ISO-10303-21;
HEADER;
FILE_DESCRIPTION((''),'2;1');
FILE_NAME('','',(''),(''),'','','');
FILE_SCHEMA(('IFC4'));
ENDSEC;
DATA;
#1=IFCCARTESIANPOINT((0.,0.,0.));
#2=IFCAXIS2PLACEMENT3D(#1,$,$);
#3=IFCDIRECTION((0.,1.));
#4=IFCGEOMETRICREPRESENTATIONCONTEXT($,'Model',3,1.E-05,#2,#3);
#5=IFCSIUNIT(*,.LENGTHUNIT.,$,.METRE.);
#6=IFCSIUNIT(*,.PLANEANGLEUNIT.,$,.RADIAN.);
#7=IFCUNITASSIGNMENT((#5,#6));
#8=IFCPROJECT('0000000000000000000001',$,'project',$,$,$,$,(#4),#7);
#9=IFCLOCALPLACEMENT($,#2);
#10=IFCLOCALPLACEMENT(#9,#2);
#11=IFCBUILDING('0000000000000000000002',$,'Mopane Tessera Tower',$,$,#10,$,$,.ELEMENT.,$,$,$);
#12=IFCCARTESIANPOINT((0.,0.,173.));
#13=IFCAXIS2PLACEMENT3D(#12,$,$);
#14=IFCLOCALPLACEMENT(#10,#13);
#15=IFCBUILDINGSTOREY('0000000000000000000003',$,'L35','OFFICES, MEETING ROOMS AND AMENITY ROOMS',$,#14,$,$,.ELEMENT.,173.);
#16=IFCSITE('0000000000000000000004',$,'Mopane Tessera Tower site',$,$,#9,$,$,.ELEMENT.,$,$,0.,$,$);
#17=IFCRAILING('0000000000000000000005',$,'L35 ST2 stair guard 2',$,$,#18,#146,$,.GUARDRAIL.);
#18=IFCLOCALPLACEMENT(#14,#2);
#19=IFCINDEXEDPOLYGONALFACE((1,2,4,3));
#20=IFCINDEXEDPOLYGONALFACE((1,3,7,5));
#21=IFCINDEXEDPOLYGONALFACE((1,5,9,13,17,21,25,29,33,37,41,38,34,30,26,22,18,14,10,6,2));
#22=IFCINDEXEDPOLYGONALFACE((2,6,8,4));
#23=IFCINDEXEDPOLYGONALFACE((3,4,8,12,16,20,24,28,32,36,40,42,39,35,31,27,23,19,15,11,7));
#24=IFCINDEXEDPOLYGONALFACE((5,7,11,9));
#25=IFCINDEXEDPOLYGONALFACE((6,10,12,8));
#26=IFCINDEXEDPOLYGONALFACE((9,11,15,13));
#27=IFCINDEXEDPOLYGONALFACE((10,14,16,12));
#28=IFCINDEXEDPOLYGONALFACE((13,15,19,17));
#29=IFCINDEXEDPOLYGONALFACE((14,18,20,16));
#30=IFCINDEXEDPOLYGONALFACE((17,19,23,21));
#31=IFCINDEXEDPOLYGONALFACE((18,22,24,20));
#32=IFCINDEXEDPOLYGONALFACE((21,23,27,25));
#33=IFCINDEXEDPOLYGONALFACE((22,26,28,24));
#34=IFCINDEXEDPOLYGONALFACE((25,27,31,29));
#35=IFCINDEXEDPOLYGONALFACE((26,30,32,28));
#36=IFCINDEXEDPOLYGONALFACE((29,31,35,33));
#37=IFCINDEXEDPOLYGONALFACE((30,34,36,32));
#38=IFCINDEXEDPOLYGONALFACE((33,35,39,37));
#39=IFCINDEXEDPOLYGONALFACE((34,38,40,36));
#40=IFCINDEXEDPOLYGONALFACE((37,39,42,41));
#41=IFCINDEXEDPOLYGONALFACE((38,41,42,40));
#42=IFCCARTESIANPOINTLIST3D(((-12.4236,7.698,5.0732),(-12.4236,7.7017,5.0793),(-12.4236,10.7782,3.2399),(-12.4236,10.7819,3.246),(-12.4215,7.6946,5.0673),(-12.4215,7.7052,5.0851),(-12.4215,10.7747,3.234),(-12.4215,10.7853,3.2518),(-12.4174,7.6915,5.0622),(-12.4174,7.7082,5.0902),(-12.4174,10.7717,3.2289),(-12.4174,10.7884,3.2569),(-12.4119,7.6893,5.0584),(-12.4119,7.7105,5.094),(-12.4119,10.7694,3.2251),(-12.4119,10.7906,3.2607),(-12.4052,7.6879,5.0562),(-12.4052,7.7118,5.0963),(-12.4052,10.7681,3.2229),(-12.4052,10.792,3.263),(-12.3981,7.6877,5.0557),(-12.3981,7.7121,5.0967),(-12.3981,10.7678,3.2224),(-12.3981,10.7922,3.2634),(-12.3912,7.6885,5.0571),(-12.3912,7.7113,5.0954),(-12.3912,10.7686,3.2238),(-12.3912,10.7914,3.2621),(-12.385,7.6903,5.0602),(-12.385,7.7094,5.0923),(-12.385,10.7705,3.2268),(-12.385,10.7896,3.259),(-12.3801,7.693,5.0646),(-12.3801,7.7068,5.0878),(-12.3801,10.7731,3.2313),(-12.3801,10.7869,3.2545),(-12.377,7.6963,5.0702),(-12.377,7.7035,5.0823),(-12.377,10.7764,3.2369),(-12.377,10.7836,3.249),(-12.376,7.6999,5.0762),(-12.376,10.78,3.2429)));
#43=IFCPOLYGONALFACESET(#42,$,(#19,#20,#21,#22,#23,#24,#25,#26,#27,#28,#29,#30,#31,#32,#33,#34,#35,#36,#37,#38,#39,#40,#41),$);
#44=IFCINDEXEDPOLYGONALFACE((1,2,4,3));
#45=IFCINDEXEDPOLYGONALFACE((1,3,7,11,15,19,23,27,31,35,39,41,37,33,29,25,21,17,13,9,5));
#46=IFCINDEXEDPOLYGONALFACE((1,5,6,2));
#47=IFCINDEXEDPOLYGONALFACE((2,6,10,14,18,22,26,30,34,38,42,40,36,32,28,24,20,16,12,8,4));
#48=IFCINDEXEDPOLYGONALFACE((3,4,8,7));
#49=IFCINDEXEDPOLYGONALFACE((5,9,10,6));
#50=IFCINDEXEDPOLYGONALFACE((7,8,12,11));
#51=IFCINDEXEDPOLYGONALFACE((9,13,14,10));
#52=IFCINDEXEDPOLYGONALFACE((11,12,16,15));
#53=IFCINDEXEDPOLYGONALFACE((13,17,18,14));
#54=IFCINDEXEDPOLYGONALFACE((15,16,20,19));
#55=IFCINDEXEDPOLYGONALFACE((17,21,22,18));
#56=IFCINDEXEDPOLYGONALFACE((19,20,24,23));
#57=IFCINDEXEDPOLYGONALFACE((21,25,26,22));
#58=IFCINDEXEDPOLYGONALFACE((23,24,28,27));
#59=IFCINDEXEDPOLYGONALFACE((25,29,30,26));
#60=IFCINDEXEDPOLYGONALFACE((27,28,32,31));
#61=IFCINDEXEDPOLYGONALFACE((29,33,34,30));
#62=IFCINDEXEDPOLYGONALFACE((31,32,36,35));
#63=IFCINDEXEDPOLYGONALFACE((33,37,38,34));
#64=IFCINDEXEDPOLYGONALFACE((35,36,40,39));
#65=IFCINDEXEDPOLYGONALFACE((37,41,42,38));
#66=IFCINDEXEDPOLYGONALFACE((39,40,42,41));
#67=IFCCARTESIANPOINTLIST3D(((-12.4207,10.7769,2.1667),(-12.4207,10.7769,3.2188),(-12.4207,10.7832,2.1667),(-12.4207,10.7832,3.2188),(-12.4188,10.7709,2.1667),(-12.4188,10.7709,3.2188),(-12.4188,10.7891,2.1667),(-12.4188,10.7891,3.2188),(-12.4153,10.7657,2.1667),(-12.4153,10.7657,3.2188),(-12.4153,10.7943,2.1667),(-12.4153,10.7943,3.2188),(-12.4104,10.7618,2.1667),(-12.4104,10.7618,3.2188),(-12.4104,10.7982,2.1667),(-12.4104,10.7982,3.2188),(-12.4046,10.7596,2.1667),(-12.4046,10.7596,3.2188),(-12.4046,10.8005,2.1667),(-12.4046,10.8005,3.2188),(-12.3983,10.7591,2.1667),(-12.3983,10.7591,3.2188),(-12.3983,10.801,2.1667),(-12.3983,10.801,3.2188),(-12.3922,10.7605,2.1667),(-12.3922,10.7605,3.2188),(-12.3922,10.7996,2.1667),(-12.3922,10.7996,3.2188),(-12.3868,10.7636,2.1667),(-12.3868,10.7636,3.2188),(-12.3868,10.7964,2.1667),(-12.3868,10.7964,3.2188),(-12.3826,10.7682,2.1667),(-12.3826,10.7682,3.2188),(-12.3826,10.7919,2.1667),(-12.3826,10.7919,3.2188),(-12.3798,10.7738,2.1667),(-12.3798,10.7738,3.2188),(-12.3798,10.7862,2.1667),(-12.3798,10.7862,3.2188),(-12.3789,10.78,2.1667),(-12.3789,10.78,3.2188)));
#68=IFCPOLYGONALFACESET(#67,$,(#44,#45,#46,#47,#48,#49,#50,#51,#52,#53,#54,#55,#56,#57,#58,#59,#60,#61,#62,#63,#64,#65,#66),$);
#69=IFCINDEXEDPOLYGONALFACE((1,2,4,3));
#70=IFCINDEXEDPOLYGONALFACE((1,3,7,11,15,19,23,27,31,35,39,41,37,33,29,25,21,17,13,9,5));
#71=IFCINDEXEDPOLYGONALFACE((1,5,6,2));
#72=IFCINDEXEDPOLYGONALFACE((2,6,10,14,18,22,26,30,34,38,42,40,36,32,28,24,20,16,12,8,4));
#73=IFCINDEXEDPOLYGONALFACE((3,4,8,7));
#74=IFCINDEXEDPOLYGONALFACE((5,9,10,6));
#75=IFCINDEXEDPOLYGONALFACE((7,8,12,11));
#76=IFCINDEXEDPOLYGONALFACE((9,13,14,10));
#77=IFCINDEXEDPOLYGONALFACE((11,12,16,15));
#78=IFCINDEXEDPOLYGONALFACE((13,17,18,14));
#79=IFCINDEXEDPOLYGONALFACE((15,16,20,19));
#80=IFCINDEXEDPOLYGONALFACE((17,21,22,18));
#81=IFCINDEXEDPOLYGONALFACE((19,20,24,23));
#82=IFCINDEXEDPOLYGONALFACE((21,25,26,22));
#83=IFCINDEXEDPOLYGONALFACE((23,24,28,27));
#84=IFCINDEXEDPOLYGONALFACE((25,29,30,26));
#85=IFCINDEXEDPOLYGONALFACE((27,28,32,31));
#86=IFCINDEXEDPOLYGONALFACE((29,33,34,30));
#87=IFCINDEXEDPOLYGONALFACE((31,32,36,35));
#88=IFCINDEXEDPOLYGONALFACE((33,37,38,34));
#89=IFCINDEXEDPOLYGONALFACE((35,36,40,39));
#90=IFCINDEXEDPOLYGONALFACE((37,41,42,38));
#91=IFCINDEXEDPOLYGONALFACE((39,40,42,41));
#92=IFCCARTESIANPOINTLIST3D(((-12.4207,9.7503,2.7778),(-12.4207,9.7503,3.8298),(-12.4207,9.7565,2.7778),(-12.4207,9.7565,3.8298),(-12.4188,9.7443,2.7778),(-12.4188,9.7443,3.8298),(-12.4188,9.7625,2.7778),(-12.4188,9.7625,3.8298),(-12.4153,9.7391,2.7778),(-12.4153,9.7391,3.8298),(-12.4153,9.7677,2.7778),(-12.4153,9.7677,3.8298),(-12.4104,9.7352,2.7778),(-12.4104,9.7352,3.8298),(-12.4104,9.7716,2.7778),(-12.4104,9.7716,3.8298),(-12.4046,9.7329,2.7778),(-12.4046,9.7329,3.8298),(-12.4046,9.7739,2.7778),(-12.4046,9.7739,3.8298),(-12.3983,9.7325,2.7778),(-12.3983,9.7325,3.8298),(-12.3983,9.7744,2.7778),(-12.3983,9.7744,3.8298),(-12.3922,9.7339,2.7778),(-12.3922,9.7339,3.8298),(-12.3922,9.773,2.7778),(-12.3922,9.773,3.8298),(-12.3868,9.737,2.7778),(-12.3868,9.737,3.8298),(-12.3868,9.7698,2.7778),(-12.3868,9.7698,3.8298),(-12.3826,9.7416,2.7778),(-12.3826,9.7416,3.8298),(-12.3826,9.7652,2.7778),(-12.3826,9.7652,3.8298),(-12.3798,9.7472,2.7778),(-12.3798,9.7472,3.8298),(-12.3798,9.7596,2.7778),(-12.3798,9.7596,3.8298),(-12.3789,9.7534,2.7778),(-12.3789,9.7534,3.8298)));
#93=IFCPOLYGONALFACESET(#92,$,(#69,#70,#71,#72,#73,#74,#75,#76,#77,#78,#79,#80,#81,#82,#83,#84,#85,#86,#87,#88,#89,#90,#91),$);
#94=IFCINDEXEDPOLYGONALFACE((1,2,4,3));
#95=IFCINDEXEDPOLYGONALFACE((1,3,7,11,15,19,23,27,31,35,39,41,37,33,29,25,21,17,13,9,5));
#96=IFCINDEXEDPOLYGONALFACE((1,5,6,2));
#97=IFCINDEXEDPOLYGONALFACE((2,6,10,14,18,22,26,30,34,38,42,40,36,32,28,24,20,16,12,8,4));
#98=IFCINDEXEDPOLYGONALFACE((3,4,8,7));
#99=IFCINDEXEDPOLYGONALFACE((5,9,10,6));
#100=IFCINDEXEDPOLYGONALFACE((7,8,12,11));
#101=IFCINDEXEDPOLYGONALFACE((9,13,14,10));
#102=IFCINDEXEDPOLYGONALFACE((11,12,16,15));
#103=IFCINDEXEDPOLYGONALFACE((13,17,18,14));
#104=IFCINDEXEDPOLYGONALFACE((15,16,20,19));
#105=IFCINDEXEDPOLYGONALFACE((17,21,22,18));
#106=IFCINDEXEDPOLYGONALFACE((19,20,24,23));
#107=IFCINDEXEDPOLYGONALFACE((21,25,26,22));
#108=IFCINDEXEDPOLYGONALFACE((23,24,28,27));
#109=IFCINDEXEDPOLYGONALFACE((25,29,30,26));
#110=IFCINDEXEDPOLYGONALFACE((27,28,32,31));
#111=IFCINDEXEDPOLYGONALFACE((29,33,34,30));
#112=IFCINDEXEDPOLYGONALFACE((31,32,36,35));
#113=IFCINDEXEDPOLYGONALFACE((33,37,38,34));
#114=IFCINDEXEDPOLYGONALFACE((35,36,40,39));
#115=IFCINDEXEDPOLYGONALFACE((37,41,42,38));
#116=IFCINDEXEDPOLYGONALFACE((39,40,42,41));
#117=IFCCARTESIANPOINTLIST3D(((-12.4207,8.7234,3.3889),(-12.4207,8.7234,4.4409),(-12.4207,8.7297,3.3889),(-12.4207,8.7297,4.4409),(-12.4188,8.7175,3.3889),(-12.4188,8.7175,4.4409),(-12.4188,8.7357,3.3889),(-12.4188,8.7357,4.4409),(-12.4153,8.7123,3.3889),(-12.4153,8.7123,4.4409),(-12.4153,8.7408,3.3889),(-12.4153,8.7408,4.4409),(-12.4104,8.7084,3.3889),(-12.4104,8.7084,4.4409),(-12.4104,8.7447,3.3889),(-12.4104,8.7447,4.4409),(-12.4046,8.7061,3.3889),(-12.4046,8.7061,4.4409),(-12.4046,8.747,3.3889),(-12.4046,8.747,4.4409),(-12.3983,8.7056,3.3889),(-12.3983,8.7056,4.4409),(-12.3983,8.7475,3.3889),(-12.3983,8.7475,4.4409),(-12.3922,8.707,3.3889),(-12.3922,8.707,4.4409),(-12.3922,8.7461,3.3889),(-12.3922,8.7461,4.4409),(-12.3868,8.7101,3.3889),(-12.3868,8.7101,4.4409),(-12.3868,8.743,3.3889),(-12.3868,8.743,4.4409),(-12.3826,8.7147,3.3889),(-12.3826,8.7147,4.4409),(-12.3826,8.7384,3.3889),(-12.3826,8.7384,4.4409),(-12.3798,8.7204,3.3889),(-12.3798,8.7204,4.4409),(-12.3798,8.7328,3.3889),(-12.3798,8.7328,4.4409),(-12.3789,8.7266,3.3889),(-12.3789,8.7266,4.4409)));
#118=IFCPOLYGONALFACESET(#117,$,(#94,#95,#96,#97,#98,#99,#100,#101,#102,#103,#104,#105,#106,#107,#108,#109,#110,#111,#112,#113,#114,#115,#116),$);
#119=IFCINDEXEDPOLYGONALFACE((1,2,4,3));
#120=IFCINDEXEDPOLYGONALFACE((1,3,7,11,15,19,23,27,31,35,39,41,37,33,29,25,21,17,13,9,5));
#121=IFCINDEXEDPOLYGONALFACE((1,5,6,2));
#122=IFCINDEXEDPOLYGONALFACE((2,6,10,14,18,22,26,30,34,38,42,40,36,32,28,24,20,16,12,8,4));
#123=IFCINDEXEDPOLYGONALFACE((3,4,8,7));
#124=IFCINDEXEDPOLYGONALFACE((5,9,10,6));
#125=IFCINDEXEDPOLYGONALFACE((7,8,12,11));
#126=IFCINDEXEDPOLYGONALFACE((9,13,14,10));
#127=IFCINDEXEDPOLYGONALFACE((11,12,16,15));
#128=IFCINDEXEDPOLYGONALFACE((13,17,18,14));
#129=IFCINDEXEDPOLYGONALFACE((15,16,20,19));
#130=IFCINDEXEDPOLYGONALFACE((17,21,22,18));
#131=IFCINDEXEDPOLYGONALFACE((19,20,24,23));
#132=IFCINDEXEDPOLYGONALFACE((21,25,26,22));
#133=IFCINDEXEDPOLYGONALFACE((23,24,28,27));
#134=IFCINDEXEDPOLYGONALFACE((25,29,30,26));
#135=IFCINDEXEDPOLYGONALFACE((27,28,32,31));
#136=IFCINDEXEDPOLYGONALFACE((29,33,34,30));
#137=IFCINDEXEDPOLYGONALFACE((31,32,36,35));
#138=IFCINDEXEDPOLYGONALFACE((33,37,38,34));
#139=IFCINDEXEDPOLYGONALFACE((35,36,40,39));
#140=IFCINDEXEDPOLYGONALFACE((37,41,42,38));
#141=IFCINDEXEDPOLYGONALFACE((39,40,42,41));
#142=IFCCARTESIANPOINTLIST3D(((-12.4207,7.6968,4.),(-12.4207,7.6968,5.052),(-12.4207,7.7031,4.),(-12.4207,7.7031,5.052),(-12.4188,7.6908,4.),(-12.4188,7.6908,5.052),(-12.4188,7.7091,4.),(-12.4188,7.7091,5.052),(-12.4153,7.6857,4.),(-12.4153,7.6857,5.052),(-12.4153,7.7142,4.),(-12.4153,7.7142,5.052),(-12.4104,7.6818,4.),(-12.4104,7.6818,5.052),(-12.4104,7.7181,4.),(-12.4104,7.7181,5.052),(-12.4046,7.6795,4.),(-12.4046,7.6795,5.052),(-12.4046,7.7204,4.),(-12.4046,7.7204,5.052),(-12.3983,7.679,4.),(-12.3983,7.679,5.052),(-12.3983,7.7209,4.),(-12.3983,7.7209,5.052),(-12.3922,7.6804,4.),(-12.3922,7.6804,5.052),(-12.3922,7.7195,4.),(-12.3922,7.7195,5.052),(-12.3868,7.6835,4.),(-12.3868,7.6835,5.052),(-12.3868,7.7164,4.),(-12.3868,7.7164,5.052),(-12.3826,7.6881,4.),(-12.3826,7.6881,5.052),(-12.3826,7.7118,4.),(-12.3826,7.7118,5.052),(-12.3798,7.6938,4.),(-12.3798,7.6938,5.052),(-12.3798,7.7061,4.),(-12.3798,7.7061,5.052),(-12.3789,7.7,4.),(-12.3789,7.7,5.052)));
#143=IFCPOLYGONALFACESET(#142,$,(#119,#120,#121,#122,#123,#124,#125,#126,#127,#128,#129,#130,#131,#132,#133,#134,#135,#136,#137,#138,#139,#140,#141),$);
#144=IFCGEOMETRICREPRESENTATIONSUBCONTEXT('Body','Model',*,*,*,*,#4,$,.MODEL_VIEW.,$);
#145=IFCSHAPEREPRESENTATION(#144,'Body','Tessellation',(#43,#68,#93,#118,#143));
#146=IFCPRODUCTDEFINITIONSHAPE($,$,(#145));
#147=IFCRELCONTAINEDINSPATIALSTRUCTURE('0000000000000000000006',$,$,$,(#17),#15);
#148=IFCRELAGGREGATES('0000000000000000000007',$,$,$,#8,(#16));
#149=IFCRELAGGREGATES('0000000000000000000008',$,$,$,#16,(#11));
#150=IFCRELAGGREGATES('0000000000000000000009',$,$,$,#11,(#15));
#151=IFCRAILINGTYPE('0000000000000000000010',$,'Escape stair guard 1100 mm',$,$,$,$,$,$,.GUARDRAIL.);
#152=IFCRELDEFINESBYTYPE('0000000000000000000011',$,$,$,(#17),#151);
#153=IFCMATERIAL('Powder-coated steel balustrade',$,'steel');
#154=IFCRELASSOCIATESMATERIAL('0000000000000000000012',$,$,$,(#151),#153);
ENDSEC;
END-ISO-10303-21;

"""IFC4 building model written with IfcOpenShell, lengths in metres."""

from ifc_helpers import new_model, si_unit, direction, frame, origin, origin_2d, place, context, subcontext, project, spatial, circle, extrude, material, type_object, element, save


model = new_model("IFC4")

# Units and contexts
model_context = context("Model", 3, precision=1e-05, world=origin(), true_north=direction((0.0, 1.0)))
body_context = subcontext(model_context, "Body", "Model", "MODEL_VIEW")
ifc_project = project(units=[si_unit("LENGTHUNIT", "METRE"), si_unit("PLANEANGLEUNIT", "RADIAN")], contexts=[model_context])

# Site, building, storey
site_placement = place(None, origin())
site = spatial("IfcSite", under=ifc_project, at=site_placement, Name="Mopane Tessera Tower site", CompositionType="ELEMENT", RefElevation=0.0)
building_placement = place(site_placement, origin())
building = spatial("IfcBuilding", under=site, at=building_placement, Name="Mopane Tessera Tower", CompositionType="ELEMENT")
storey_placement = place(building_placement, frame((0.0, 0.0, 173.0)))
storey = spatial("IfcBuildingStorey", under=building, at=storey_placement, Name="L35", Description="OFFICES, MEETING ROOMS AND AMENITY ROOMS", CompositionType="ELEMENT", Elevation=173.0)

# Railing
ifc_material_1 = material(Name="Powder-coated steel balustrade", Category="steel")
railing_type_1 = type_object("IfcRailingType", Name="Escape stair guard 1100 mm", PredefinedType="GUARDRAIL", material=ifc_material_1)
railing_1_placement = place(storey_placement, frame((-12.3999, 10.78, 2.1667)))
element("IfcRailing", 1, at=railing_1_placement, inside=storey, type_object=railing_type_1, Name="L35 ST2 stair guard 2", PredefinedType="GUARDRAIL", context=body_context, shape_type="SweptSolid", body=[
    extrude(circle(Radius=0.0239, at=origin_2d()), frame((0.0, 0.0, 1.0762), z_axis=(0.0, -0.859309, 0.511458), x_axis=(1.0, 0.0, 0.0)), (0.0, 0.0, 1.0), 3.5845),
    extrude(circle(Radius=0.021, at=origin_2d()), origin(), (0.0, 0.0, 1.0), 1.052),
    extrude(circle(Radius=0.021, at=origin_2d()), frame((0.0, -1.0266, 0.6111)), (0.0, 0.0, 1.0), 1.052),
    extrude(circle(Radius=0.021, at=origin_2d()), frame((0.0, -2.0535, 1.2222)), (0.0, 0.0, 1.0), 1.052),
    extrude(circle(Radius=0.021, at=origin_2d()), frame((0.0, -3.0801, 1.8333)), (0.0, 0.0, 1.0), 1.052),
])

save(model, "model.ifc")
